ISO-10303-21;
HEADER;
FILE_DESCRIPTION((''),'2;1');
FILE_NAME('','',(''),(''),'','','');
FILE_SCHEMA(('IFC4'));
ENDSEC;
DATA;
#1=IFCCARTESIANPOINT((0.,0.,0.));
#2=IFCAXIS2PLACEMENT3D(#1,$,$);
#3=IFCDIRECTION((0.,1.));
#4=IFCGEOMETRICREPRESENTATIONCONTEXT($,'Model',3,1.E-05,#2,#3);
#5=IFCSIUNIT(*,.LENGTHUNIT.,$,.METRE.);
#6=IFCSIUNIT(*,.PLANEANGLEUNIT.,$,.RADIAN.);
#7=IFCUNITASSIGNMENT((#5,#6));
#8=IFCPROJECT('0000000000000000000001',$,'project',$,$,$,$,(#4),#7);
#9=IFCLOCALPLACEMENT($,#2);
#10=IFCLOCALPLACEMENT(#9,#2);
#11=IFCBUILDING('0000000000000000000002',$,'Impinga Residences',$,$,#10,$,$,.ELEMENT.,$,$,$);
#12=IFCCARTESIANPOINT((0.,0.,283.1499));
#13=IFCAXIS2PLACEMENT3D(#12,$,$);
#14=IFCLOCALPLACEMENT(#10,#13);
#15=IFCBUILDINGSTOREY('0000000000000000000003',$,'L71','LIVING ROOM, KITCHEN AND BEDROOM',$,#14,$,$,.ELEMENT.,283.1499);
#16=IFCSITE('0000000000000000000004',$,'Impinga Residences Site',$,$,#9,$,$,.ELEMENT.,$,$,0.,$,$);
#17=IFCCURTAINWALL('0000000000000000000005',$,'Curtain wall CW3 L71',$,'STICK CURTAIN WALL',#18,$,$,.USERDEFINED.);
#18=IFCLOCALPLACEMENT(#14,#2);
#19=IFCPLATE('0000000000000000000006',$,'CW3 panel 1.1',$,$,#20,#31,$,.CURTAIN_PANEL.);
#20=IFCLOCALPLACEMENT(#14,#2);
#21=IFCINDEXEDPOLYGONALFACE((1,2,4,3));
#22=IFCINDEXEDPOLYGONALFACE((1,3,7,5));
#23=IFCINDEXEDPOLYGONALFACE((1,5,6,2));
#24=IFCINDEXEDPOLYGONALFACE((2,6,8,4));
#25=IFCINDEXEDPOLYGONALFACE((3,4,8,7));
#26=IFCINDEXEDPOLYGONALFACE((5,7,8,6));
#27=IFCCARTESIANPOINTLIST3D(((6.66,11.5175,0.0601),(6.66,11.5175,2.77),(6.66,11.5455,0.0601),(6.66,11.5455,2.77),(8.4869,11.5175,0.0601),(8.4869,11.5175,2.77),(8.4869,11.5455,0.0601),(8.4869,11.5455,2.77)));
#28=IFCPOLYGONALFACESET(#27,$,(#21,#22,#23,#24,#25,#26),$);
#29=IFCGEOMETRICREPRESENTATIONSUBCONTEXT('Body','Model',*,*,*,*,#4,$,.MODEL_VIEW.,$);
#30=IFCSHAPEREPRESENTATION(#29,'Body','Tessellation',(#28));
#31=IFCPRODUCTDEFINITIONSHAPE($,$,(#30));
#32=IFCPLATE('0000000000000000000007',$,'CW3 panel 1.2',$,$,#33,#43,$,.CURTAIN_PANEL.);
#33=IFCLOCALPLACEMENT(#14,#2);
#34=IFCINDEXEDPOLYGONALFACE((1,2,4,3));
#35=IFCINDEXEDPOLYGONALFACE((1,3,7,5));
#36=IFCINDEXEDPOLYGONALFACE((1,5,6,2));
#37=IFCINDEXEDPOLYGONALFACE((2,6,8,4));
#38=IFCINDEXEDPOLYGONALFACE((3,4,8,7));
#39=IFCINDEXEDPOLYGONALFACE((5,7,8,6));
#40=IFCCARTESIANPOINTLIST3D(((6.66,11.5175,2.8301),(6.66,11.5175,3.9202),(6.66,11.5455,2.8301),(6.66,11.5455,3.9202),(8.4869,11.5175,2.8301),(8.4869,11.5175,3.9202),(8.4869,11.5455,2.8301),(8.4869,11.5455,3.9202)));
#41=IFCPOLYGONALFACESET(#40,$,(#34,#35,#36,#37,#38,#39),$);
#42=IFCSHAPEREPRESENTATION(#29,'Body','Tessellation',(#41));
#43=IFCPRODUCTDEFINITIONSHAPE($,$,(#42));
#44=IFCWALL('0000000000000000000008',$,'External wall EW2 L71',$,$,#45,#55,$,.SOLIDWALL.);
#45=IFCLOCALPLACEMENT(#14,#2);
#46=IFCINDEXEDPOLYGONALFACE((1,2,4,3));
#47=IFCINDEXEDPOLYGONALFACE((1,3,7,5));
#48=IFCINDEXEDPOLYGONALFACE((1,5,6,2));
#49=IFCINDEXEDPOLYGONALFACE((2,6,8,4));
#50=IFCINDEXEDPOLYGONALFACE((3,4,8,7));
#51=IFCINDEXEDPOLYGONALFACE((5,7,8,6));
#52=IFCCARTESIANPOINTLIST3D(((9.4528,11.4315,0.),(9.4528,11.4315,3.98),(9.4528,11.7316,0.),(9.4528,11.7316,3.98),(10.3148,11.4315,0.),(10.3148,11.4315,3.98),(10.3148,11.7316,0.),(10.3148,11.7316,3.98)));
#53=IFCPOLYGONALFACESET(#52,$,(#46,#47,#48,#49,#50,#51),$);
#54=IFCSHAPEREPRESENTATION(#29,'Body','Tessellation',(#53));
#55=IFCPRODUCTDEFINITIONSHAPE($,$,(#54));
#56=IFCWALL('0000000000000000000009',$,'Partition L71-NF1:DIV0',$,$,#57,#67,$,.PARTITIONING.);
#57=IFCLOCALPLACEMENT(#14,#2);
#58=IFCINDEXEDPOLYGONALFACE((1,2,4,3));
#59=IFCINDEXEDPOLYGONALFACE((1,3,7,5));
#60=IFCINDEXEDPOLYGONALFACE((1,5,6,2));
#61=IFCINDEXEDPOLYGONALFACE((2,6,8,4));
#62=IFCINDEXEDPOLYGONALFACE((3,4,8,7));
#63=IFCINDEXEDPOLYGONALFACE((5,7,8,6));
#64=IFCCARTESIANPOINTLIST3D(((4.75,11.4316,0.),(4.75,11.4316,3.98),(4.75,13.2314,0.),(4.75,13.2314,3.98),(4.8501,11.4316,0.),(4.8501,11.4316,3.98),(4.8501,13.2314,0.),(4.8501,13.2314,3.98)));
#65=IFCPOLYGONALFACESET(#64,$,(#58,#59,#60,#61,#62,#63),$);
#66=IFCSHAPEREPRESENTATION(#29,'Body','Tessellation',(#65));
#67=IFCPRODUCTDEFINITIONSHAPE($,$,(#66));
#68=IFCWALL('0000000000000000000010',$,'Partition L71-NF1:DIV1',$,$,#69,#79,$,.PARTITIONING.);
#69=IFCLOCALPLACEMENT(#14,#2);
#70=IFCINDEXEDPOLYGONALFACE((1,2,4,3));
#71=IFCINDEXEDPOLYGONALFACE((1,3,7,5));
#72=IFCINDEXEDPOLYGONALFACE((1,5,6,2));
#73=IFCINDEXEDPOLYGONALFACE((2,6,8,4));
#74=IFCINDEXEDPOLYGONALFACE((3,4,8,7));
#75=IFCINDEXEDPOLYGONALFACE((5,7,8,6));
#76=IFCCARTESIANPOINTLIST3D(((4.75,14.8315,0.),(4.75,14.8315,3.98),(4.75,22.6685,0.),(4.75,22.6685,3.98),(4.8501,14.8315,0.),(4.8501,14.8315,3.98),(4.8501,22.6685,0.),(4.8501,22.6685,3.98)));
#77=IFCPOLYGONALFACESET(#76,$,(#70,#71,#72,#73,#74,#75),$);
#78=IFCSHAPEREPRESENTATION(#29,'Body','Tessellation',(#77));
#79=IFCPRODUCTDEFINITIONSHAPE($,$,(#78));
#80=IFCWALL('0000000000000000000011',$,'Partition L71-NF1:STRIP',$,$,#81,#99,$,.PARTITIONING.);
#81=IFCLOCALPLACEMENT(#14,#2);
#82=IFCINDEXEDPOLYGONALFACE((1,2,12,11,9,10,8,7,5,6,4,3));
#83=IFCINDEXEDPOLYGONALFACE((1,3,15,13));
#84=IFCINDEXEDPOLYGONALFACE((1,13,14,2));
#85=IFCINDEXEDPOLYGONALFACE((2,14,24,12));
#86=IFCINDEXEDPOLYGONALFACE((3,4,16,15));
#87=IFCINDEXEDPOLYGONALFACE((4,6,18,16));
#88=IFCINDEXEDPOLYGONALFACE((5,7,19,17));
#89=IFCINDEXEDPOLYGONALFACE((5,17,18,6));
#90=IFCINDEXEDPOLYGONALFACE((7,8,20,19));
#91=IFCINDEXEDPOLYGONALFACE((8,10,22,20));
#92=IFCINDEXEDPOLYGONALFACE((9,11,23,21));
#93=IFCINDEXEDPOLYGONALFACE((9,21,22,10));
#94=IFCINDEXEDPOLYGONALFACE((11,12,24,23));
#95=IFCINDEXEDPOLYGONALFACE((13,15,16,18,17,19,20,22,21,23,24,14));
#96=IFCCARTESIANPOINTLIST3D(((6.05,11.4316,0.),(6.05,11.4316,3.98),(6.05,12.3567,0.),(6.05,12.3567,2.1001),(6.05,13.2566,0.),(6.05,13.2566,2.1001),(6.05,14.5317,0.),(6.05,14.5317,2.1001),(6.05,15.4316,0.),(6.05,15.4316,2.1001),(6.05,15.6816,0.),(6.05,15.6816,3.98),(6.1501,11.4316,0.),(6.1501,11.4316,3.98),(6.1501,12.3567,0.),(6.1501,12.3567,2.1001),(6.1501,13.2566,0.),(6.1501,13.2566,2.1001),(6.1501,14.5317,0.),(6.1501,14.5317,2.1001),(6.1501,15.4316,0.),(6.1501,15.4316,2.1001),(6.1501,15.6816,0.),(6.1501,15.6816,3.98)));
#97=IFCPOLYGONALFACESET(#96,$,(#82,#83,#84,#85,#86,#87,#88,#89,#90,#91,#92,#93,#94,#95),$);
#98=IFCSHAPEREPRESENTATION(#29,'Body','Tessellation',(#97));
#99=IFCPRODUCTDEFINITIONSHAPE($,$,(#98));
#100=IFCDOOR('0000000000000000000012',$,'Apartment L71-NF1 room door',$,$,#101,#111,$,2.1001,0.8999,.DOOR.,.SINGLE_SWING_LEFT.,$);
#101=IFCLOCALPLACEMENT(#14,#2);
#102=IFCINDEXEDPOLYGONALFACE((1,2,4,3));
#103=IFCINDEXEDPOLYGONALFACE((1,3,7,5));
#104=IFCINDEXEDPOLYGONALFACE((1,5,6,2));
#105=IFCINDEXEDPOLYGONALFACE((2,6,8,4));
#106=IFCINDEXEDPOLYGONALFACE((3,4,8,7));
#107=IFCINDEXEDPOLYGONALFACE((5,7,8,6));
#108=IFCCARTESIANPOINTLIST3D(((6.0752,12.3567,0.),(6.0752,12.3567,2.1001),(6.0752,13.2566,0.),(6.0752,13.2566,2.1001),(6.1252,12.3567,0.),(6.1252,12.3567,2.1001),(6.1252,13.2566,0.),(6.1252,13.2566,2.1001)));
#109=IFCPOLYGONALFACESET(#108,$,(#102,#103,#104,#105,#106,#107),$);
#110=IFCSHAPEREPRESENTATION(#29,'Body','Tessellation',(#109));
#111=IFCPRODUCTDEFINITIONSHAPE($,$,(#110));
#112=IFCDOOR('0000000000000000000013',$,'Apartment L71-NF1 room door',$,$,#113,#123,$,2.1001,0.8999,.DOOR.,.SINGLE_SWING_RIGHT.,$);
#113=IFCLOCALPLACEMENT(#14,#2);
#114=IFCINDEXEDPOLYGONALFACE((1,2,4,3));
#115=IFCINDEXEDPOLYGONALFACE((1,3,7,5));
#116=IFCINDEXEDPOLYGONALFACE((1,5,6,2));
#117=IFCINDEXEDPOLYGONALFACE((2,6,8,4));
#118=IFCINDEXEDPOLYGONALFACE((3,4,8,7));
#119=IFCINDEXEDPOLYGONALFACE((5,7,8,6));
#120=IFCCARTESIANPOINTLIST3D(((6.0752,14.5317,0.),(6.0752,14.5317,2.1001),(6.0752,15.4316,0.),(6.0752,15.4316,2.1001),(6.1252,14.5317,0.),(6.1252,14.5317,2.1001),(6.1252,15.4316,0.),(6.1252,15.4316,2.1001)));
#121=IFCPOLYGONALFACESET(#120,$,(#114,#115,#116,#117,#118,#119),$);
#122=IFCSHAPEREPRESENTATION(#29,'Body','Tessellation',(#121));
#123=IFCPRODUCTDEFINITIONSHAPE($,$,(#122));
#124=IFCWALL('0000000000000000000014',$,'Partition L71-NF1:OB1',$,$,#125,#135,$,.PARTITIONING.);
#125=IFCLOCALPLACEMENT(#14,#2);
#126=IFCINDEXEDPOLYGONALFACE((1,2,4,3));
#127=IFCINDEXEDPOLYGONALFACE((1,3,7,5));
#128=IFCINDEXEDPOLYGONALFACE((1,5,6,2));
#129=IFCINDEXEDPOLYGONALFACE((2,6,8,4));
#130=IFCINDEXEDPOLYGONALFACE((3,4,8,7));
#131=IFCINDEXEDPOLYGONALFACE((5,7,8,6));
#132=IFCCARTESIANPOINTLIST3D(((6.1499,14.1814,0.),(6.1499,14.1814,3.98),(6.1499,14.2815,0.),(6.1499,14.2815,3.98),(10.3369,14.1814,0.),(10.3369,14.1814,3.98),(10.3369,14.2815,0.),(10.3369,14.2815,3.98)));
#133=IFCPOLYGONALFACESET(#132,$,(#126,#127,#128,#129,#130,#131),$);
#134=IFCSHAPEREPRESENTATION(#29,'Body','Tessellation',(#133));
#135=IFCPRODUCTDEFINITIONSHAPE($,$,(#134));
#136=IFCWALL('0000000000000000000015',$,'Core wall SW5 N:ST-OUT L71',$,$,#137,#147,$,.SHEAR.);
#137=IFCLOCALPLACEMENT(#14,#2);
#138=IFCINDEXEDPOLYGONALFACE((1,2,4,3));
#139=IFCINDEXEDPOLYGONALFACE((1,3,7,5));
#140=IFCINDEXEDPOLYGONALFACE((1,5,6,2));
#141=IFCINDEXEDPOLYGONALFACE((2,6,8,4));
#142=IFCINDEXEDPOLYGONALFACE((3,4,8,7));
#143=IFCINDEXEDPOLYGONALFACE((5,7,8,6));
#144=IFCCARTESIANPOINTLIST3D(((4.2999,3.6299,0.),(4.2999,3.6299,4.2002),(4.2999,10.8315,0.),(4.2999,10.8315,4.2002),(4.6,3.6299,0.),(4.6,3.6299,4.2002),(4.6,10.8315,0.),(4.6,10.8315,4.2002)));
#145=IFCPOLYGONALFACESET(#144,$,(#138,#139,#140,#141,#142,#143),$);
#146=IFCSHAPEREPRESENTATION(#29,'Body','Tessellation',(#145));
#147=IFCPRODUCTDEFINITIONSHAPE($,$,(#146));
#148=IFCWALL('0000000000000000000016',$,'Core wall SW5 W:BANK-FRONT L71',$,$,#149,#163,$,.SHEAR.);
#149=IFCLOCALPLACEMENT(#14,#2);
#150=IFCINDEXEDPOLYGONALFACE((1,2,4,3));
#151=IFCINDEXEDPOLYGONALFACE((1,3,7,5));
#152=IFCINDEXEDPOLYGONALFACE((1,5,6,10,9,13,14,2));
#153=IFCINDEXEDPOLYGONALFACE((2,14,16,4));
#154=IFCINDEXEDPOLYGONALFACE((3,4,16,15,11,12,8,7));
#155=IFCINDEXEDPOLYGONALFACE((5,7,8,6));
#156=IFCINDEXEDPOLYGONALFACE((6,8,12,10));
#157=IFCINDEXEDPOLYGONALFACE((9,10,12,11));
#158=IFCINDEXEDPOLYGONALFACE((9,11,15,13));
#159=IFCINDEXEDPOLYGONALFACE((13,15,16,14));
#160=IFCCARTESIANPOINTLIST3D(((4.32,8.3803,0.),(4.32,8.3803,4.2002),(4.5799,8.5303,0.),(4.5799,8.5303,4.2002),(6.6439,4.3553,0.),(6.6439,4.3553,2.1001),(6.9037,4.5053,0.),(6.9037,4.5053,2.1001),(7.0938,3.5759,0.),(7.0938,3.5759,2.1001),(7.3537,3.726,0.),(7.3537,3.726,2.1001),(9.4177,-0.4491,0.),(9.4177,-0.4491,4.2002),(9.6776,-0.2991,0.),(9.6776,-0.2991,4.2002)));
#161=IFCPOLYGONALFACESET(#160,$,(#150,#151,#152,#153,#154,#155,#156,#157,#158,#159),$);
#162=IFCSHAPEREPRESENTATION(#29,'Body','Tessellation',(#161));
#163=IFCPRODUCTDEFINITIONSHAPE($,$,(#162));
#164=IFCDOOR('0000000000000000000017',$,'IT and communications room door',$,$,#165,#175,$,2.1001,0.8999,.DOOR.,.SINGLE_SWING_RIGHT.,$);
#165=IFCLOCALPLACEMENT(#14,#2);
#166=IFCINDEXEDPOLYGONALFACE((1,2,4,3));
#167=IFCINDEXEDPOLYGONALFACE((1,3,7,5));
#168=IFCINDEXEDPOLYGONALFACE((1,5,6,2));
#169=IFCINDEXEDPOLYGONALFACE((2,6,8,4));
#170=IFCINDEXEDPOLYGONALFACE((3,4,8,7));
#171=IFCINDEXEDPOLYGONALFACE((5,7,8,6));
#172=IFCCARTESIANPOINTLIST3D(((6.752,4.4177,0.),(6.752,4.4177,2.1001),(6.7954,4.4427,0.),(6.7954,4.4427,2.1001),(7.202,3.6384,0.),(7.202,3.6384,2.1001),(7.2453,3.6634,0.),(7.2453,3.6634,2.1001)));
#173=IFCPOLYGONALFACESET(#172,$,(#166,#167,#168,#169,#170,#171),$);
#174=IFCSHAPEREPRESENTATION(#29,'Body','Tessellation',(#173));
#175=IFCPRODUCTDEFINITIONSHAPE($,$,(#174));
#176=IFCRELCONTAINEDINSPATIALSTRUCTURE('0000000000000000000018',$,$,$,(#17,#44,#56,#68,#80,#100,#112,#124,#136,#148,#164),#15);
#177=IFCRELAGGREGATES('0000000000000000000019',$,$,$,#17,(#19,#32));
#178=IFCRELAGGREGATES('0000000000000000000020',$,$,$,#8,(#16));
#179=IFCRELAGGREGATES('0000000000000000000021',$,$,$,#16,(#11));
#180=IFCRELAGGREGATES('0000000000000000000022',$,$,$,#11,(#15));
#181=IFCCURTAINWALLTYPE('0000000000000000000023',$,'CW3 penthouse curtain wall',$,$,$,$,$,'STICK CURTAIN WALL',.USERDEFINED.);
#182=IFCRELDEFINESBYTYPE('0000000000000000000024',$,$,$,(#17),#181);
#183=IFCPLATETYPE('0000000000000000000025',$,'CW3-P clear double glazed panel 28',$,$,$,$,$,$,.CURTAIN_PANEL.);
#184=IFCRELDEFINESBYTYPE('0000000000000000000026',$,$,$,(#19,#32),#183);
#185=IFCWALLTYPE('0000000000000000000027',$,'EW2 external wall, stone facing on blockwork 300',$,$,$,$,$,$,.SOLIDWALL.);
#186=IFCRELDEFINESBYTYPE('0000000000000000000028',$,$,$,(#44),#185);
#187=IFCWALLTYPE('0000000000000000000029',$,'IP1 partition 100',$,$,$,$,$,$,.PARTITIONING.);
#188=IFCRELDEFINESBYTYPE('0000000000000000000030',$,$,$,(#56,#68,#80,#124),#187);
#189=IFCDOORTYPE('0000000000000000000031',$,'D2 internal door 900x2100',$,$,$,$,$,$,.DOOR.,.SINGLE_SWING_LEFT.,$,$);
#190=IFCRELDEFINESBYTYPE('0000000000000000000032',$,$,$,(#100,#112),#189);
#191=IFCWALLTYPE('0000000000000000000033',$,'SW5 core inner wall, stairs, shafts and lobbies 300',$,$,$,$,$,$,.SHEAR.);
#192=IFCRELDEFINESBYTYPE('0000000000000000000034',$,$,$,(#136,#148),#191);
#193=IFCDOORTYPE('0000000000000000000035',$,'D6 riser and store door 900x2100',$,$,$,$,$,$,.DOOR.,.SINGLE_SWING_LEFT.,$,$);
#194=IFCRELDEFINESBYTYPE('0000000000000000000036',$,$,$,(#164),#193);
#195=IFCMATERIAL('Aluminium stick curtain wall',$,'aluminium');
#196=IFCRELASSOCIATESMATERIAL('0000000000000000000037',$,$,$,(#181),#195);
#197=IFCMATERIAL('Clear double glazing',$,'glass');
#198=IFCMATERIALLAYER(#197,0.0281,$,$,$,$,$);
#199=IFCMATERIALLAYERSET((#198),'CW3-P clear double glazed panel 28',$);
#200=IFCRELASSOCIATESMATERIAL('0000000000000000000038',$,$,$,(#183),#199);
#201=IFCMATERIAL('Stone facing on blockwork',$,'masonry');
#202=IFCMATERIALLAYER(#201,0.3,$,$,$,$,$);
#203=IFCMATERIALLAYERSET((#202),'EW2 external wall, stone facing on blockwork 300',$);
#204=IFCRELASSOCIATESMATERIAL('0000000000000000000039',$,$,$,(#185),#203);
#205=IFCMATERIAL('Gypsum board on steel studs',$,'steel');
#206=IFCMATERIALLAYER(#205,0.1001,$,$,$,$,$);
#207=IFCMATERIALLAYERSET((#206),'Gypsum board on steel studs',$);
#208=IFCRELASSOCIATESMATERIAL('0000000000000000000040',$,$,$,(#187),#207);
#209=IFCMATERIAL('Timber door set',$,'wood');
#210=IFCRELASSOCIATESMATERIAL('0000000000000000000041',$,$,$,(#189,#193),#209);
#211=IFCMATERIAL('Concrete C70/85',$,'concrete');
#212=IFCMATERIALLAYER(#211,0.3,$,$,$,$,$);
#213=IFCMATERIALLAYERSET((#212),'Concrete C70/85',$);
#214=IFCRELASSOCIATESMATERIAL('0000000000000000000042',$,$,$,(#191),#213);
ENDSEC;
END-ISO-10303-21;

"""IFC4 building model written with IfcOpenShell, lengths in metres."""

from ifc_helpers import new_model, si_unit, direction, frame, frame_2d, origin, origin_2d, place, context, subcontext, project, spatial, rectangle, extrude, material, layer, layer_set, type_object, element, fill, aggregate, save


model = new_model("IFC4")

# Units and contexts
model_context = context("Model", 3, precision=1e-05, world=origin(), true_north=direction((0.0, 1.0)))
body_context = subcontext(model_context, "Body", "Model", "MODEL_VIEW")
ifc_project = project(units=[si_unit("LENGTHUNIT", "METRE"), si_unit("PLANEANGLEUNIT", "RADIAN")], contexts=[model_context])

# Site, building, storey
site_placement = place(None, origin())
site = spatial("IfcSite", under=ifc_project, at=site_placement, Name="Impinga Residences Site", CompositionType="ELEMENT", RefElevation=0.0)
building_placement = place(site_placement, origin())
building = spatial("IfcBuilding", under=site, at=building_placement, Name="Impinga Residences", CompositionType="ELEMENT")
storey_placement = place(building_placement, frame((0.0, 0.0, 283.1499)))
storey = spatial("IfcBuildingStorey", under=building, at=storey_placement, Name="L71", Description="LIVING ROOM, KITCHEN AND BEDROOM", CompositionType="ELEMENT", Elevation=283.1499)

# Shared definitions
ifc_material_1 = material(Name="Aluminium stick curtain wall", Category="aluminium")
curtain_wall_type = type_object("IfcCurtainWallType", Name="CW3 penthouse curtain wall", ElementType="STICK CURTAIN WALL", PredefinedType="USERDEFINED", material=ifc_material_1)

# Curtain wall
curtain_wall_1_placement = place(storey_placement, origin())
curtain_wall_1 = element("IfcCurtainWall", 1, at=curtain_wall_1_placement, inside=storey, type_object=curtain_wall_type, Name="Curtain wall CW3 L71", ObjectType="STICK CURTAIN WALL", PredefinedType="USERDEFINED")

# Plates
ifc_material_2 = material(Name="Clear double glazing", Category="glass")
ifc_layer_1 = layer(ifc_material_2, 0.0281)
ifc_layer_set_1 = layer_set([ifc_layer_1], Name="CW3-P clear double glazed panel 28")
plate_type = type_object("IfcPlateType", Name="CW3-P clear double glazed panel 28", PredefinedType="CURTAIN_PANEL", material=ifc_layer_set_1)
plate_1_placement = place(storey_placement, frame((7.5735, 11.5315, 0.0601), z_axis=(0.0, 0.0, 1.0), x_axis=(-1.0, 0.0, 0.0)))
plate_1 = element("IfcPlate", 2, at=plate_1_placement, type_object=plate_type, Name="CW3 panel 1.1", PredefinedType="CURTAIN_PANEL", context=body_context, shape_type="SweptSolid", body=[
    extrude(rectangle(XDim=1.8269, YDim=0.0281, at=origin_2d()), origin(), (0.0, 0.0, 1.0), 2.71),
])
plate_2_placement = place(storey_placement, frame((7.5735, 11.5315, 2.8301), z_axis=(0.0, 0.0, 1.0), x_axis=(-1.0, 0.0, 0.0)))
plate_2 = element("IfcPlate", 3, at=plate_2_placement, type_object=plate_type, Name="CW3 panel 1.2", PredefinedType="CURTAIN_PANEL", context=body_context, shape_type="SweptSolid", body=[
    extrude(rectangle(XDim=1.8269, YDim=0.0281, at=origin_2d()), origin(), (0.0, 0.0, 1.0), 1.0901),
])
aggregate(curtain_wall_1, [plate_1, plate_2])

# Walls
ifc_material_3 = material(Name="Stone facing on blockwork", Category="masonry")
ifc_layer_2 = layer(ifc_material_3, 0.3)
ifc_layer_set_2 = layer_set([ifc_layer_2], Name="EW2 external wall, stone facing on blockwork 300")
wall_type_1 = type_object("IfcWallType", Name="EW2 external wall, stone facing on blockwork 300", PredefinedType="SOLIDWALL", material=ifc_layer_set_2)
wall_1_placement = place(storey_placement, frame((10.3149, 11.5815, 0.0), z_axis=(0.0, 0.0, 1.0), x_axis=(-1.0, 0.0, 0.0)))
element("IfcWall", 4, at=wall_1_placement, inside=storey, type_object=wall_type_1, Name="External wall EW2 L71", PredefinedType="SOLIDWALL", context=body_context, shape_type="SweptSolid", body=[
    extrude(rectangle(XDim=0.8621, YDim=0.3, at=frame_2d((0.4312, 0.0))), origin(), (0.0, 0.0, 1.0), 3.98),
])
ifc_material_4 = material(Name="Gypsum board on steel studs", Category="steel")
ifc_layer_3 = layer(ifc_material_4, 0.1001)
ifc_layer_set_3 = layer_set([ifc_layer_3], Name="Gypsum board on steel studs")
wall_type_2 = type_object("IfcWallType", Name="IP1 partition 100", PredefinedType="PARTITIONING", material=ifc_layer_set_3)
wall_2_placement = place(storey_placement, frame((4.8, 11.4316, 0.0), z_axis=(0.0, 0.0, 1.0), x_axis=(0.0, 1.0, 0.0)))
element("IfcWall", 5, at=wall_2_placement, inside=storey, type_object=wall_type_2, Name="Partition L71-NF1:DIV0", PredefinedType="PARTITIONING", context=body_context, shape_type="SweptSolid", body=[
    extrude(rectangle(XDim=1.7998, YDim=0.1001, at=frame_2d((0.8999, 0.0))), origin(), (0.0, 0.0, 1.0), 3.98),
])
wall_3_placement = place(storey_placement, frame((4.8, 14.8315, 0.0), z_axis=(0.0, 0.0, 1.0), x_axis=(0.0, 1.0, 0.0)))
element("IfcWall", 6, at=wall_3_placement, inside=storey, type_object=wall_type_2, Name="Partition L71-NF1:DIV1", PredefinedType="PARTITIONING", context=body_context, shape_type="SweptSolid", body=[
    extrude(rectangle(XDim=7.8369, YDim=0.1001, at=frame_2d((3.9185, 0.0))), origin(), (0.0, 0.0, 1.0), 3.98),
])

# Wall, openings, doors
wall_4_placement = place(storey_placement, frame((6.1001, 11.4316, 0.0), z_axis=(0.0, 0.0, 1.0), x_axis=(0.0, 1.0, 0.0)))
wall_4 = element("IfcWall", 7, at=wall_4_placement, inside=storey, type_object=wall_type_2, Name="Partition L71-NF1:STRIP", PredefinedType="PARTITIONING", context=body_context, shape_type="SweptSolid", body=[
    extrude(rectangle(XDim=4.25, YDim=0.1001, at=frame_2d((2.125, 0.0))), origin(), (0.0, 0.0, 1.0), 3.98),
])
opening_1_placement = place(wall_4_placement, frame((0.925, 0.0, 0.0)))
opening_1 = element("IfcOpeningElement", 8, at=opening_1_placement, cuts=wall_4, PredefinedType="OPENING", context=body_context, shape_type="SweptSolid", body=[
    extrude(rectangle(XDim=0.8999, YDim=2.1001, at=frame_2d((0.45, 1.05))), frame((0.0, 0.0601, 0.0), z_axis=(0.0, -1.0, 0.0), x_axis=(1.0, 0.0, 0.0)), (0.0, 0.0, 1.0), 0.1201),
])
opening_2_placement = place(wall_4_placement, frame((3.1001, 0.0, 0.0)))
opening_2 = element("IfcOpeningElement", 9, at=opening_2_placement, cuts=wall_4, PredefinedType="OPENING", context=body_context, shape_type="SweptSolid", body=[
    extrude(rectangle(XDim=0.8999, YDim=2.1001, at=frame_2d((0.45, 1.05))), frame((0.0, 0.0601, 0.0), z_axis=(0.0, -1.0, 0.0), x_axis=(1.0, 0.0, 0.0)), (0.0, 0.0, 1.0), 0.1201),
])
ifc_material_5 = material(Name="Timber door set", Category="wood")
door_type_1 = type_object("IfcDoorType", Name="D2 internal door 900x2100", OperationType="SINGLE_SWING_LEFT", PredefinedType="DOOR", material=ifc_material_5)
door_1_placement = place(opening_1_placement, origin())
door_1 = element("IfcDoor", 10, at=door_1_placement, inside=storey, type_object=door_type_1, Name="Apartment L71-NF1 room door", OperationType="SINGLE_SWING_LEFT", OverallHeight=2.1001, OverallWidth=0.8999, PredefinedType="DOOR", context=body_context, shape_type="SweptSolid", body=[
    extrude(rectangle(XDim=0.8999, YDim=2.1001, at=frame_2d((0.45, 1.05))), frame((0.0, 0.0249, 0.0), z_axis=(0.0, -1.0, 0.0), x_axis=(1.0, 0.0, 0.0)), (0.0, 0.0, 1.0), 0.05),
])
fill(opening_1, door_1)
door_2_placement = place(opening_2_placement, origin())
door_2 = element("IfcDoor", 11, at=door_2_placement, inside=storey, type_object=door_type_1, Name="Apartment L71-NF1 room door", OperationType="SINGLE_SWING_RIGHT", OverallHeight=2.1001, OverallWidth=0.8999, PredefinedType="DOOR", context=body_context, shape_type="SweptSolid", body=[
    extrude(rectangle(XDim=0.8999, YDim=2.1001, at=frame_2d((0.45, 1.05))), frame((0.0, 0.0249, 0.0), z_axis=(0.0, -1.0, 0.0), x_axis=(1.0, 0.0, 0.0)), (0.0, 0.0, 1.0), 0.05),
])
fill(opening_2, door_2)

# Walls
wall_5_placement = place(storey_placement, frame((6.1499, 14.2314, 0.0), z_axis=(0.0, 0.0, 1.0), x_axis=(1.0, 0.0, 0.0)))
element("IfcWall", 12, at=wall_5_placement, inside=storey, type_object=wall_type_2, Name="Partition L71-NF1:OB1", PredefinedType="PARTITIONING", context=body_context, shape_type="SweptSolid", body=[
    extrude(rectangle(XDim=4.187, YDim=0.1001, at=frame_2d((2.0935, 0.0))), origin(), (0.0, 0.0, 1.0), 3.98),
])
ifc_material_6 = material(Name="Concrete C70/85", Category="concrete")
ifc_layer_4 = layer(ifc_material_6, 0.3)
ifc_layer_set_4 = layer_set([ifc_layer_4], Name="Concrete C70/85")
wall_type_3 = type_object("IfcWallType", Name="SW5 core inner wall, stairs, shafts and lobbies 300", PredefinedType="SHEAR", material=ifc_layer_set_4)
wall_6_placement = place(storey_placement, frame((4.45, 3.6299, 0.0), z_axis=(0.0, 0.0, 1.0), x_axis=(0.0, 1.0, 0.0)))
element("IfcWall", 13, at=wall_6_placement, inside=storey, type_object=wall_type_3, Name="Core wall SW5 N:ST-OUT L71", PredefinedType="SHEAR", context=body_context, shape_type="SweptSolid", body=[
    extrude(rectangle(XDim=7.2017, YDim=0.3, at=frame_2d((3.6008, 0.0))), origin(), (0.0, 0.0, 1.0), 4.2002),
])

# Wall, opening, door
wall_7_placement = place(storey_placement, frame((4.45, 8.4553, 0.0), z_axis=(0.0, 0.0, 1.0), x_axis=(0.500002, -0.866024, 0.0)))
wall_7 = element("IfcWall", 14, at=wall_7_placement, inside=storey, type_object=wall_type_3, Name="Core wall SW5 W:BANK-FRONT L71", PredefinedType="SHEAR", context=body_context, shape_type="SweptSolid", body=[
    extrude(rectangle(XDim=10.1953, YDim=0.3, at=frame_2d((5.0977, 0.0))), origin(), (0.0, 0.0, 1.0), 4.2002),
])
opening_3_placement = place(wall_7_placement, frame((4.6477, 0.0, 0.0)))
opening_3 = element("IfcOpeningElement", 15, at=opening_3_placement, cuts=wall_7, PredefinedType="OPENING", context=body_context, shape_type="SweptSolid", body=[
    extrude(rectangle(XDim=0.8999, YDim=2.1001, at=frame_2d((0.45, 1.05))), frame((0.0, 0.1599, 0.0), z_axis=(0.0, -1.0, 0.0), x_axis=(1.0, 0.0, 0.0)), (0.0, 0.0, 1.0), 0.3201),
])
door_type_2 = type_object("IfcDoorType", Name="D6 riser and store door 900x2100", OperationType="SINGLE_SWING_LEFT", PredefinedType="DOOR", material=ifc_material_5)
door_3_placement = place(opening_3_placement, origin())
door_3 = element("IfcDoor", 16, at=door_3_placement, inside=storey, type_object=door_type_2, Name="IT and communications room door", OperationType="SINGLE_SWING_RIGHT", OverallHeight=2.1001, OverallWidth=0.8999, PredefinedType="DOOR", context=body_context, shape_type="SweptSolid", body=[
    extrude(rectangle(XDim=0.8999, YDim=2.1001, at=frame_2d((0.45, 1.05))), frame((0.0, 0.0249, 0.0), z_axis=(0.0, -1.0, 0.0), x_axis=(1.0, 0.0, 0.0)), (0.0, 0.0, 1.0), 0.05),
])
fill(opening_3, door_3)

save(model, "model.ifc")
